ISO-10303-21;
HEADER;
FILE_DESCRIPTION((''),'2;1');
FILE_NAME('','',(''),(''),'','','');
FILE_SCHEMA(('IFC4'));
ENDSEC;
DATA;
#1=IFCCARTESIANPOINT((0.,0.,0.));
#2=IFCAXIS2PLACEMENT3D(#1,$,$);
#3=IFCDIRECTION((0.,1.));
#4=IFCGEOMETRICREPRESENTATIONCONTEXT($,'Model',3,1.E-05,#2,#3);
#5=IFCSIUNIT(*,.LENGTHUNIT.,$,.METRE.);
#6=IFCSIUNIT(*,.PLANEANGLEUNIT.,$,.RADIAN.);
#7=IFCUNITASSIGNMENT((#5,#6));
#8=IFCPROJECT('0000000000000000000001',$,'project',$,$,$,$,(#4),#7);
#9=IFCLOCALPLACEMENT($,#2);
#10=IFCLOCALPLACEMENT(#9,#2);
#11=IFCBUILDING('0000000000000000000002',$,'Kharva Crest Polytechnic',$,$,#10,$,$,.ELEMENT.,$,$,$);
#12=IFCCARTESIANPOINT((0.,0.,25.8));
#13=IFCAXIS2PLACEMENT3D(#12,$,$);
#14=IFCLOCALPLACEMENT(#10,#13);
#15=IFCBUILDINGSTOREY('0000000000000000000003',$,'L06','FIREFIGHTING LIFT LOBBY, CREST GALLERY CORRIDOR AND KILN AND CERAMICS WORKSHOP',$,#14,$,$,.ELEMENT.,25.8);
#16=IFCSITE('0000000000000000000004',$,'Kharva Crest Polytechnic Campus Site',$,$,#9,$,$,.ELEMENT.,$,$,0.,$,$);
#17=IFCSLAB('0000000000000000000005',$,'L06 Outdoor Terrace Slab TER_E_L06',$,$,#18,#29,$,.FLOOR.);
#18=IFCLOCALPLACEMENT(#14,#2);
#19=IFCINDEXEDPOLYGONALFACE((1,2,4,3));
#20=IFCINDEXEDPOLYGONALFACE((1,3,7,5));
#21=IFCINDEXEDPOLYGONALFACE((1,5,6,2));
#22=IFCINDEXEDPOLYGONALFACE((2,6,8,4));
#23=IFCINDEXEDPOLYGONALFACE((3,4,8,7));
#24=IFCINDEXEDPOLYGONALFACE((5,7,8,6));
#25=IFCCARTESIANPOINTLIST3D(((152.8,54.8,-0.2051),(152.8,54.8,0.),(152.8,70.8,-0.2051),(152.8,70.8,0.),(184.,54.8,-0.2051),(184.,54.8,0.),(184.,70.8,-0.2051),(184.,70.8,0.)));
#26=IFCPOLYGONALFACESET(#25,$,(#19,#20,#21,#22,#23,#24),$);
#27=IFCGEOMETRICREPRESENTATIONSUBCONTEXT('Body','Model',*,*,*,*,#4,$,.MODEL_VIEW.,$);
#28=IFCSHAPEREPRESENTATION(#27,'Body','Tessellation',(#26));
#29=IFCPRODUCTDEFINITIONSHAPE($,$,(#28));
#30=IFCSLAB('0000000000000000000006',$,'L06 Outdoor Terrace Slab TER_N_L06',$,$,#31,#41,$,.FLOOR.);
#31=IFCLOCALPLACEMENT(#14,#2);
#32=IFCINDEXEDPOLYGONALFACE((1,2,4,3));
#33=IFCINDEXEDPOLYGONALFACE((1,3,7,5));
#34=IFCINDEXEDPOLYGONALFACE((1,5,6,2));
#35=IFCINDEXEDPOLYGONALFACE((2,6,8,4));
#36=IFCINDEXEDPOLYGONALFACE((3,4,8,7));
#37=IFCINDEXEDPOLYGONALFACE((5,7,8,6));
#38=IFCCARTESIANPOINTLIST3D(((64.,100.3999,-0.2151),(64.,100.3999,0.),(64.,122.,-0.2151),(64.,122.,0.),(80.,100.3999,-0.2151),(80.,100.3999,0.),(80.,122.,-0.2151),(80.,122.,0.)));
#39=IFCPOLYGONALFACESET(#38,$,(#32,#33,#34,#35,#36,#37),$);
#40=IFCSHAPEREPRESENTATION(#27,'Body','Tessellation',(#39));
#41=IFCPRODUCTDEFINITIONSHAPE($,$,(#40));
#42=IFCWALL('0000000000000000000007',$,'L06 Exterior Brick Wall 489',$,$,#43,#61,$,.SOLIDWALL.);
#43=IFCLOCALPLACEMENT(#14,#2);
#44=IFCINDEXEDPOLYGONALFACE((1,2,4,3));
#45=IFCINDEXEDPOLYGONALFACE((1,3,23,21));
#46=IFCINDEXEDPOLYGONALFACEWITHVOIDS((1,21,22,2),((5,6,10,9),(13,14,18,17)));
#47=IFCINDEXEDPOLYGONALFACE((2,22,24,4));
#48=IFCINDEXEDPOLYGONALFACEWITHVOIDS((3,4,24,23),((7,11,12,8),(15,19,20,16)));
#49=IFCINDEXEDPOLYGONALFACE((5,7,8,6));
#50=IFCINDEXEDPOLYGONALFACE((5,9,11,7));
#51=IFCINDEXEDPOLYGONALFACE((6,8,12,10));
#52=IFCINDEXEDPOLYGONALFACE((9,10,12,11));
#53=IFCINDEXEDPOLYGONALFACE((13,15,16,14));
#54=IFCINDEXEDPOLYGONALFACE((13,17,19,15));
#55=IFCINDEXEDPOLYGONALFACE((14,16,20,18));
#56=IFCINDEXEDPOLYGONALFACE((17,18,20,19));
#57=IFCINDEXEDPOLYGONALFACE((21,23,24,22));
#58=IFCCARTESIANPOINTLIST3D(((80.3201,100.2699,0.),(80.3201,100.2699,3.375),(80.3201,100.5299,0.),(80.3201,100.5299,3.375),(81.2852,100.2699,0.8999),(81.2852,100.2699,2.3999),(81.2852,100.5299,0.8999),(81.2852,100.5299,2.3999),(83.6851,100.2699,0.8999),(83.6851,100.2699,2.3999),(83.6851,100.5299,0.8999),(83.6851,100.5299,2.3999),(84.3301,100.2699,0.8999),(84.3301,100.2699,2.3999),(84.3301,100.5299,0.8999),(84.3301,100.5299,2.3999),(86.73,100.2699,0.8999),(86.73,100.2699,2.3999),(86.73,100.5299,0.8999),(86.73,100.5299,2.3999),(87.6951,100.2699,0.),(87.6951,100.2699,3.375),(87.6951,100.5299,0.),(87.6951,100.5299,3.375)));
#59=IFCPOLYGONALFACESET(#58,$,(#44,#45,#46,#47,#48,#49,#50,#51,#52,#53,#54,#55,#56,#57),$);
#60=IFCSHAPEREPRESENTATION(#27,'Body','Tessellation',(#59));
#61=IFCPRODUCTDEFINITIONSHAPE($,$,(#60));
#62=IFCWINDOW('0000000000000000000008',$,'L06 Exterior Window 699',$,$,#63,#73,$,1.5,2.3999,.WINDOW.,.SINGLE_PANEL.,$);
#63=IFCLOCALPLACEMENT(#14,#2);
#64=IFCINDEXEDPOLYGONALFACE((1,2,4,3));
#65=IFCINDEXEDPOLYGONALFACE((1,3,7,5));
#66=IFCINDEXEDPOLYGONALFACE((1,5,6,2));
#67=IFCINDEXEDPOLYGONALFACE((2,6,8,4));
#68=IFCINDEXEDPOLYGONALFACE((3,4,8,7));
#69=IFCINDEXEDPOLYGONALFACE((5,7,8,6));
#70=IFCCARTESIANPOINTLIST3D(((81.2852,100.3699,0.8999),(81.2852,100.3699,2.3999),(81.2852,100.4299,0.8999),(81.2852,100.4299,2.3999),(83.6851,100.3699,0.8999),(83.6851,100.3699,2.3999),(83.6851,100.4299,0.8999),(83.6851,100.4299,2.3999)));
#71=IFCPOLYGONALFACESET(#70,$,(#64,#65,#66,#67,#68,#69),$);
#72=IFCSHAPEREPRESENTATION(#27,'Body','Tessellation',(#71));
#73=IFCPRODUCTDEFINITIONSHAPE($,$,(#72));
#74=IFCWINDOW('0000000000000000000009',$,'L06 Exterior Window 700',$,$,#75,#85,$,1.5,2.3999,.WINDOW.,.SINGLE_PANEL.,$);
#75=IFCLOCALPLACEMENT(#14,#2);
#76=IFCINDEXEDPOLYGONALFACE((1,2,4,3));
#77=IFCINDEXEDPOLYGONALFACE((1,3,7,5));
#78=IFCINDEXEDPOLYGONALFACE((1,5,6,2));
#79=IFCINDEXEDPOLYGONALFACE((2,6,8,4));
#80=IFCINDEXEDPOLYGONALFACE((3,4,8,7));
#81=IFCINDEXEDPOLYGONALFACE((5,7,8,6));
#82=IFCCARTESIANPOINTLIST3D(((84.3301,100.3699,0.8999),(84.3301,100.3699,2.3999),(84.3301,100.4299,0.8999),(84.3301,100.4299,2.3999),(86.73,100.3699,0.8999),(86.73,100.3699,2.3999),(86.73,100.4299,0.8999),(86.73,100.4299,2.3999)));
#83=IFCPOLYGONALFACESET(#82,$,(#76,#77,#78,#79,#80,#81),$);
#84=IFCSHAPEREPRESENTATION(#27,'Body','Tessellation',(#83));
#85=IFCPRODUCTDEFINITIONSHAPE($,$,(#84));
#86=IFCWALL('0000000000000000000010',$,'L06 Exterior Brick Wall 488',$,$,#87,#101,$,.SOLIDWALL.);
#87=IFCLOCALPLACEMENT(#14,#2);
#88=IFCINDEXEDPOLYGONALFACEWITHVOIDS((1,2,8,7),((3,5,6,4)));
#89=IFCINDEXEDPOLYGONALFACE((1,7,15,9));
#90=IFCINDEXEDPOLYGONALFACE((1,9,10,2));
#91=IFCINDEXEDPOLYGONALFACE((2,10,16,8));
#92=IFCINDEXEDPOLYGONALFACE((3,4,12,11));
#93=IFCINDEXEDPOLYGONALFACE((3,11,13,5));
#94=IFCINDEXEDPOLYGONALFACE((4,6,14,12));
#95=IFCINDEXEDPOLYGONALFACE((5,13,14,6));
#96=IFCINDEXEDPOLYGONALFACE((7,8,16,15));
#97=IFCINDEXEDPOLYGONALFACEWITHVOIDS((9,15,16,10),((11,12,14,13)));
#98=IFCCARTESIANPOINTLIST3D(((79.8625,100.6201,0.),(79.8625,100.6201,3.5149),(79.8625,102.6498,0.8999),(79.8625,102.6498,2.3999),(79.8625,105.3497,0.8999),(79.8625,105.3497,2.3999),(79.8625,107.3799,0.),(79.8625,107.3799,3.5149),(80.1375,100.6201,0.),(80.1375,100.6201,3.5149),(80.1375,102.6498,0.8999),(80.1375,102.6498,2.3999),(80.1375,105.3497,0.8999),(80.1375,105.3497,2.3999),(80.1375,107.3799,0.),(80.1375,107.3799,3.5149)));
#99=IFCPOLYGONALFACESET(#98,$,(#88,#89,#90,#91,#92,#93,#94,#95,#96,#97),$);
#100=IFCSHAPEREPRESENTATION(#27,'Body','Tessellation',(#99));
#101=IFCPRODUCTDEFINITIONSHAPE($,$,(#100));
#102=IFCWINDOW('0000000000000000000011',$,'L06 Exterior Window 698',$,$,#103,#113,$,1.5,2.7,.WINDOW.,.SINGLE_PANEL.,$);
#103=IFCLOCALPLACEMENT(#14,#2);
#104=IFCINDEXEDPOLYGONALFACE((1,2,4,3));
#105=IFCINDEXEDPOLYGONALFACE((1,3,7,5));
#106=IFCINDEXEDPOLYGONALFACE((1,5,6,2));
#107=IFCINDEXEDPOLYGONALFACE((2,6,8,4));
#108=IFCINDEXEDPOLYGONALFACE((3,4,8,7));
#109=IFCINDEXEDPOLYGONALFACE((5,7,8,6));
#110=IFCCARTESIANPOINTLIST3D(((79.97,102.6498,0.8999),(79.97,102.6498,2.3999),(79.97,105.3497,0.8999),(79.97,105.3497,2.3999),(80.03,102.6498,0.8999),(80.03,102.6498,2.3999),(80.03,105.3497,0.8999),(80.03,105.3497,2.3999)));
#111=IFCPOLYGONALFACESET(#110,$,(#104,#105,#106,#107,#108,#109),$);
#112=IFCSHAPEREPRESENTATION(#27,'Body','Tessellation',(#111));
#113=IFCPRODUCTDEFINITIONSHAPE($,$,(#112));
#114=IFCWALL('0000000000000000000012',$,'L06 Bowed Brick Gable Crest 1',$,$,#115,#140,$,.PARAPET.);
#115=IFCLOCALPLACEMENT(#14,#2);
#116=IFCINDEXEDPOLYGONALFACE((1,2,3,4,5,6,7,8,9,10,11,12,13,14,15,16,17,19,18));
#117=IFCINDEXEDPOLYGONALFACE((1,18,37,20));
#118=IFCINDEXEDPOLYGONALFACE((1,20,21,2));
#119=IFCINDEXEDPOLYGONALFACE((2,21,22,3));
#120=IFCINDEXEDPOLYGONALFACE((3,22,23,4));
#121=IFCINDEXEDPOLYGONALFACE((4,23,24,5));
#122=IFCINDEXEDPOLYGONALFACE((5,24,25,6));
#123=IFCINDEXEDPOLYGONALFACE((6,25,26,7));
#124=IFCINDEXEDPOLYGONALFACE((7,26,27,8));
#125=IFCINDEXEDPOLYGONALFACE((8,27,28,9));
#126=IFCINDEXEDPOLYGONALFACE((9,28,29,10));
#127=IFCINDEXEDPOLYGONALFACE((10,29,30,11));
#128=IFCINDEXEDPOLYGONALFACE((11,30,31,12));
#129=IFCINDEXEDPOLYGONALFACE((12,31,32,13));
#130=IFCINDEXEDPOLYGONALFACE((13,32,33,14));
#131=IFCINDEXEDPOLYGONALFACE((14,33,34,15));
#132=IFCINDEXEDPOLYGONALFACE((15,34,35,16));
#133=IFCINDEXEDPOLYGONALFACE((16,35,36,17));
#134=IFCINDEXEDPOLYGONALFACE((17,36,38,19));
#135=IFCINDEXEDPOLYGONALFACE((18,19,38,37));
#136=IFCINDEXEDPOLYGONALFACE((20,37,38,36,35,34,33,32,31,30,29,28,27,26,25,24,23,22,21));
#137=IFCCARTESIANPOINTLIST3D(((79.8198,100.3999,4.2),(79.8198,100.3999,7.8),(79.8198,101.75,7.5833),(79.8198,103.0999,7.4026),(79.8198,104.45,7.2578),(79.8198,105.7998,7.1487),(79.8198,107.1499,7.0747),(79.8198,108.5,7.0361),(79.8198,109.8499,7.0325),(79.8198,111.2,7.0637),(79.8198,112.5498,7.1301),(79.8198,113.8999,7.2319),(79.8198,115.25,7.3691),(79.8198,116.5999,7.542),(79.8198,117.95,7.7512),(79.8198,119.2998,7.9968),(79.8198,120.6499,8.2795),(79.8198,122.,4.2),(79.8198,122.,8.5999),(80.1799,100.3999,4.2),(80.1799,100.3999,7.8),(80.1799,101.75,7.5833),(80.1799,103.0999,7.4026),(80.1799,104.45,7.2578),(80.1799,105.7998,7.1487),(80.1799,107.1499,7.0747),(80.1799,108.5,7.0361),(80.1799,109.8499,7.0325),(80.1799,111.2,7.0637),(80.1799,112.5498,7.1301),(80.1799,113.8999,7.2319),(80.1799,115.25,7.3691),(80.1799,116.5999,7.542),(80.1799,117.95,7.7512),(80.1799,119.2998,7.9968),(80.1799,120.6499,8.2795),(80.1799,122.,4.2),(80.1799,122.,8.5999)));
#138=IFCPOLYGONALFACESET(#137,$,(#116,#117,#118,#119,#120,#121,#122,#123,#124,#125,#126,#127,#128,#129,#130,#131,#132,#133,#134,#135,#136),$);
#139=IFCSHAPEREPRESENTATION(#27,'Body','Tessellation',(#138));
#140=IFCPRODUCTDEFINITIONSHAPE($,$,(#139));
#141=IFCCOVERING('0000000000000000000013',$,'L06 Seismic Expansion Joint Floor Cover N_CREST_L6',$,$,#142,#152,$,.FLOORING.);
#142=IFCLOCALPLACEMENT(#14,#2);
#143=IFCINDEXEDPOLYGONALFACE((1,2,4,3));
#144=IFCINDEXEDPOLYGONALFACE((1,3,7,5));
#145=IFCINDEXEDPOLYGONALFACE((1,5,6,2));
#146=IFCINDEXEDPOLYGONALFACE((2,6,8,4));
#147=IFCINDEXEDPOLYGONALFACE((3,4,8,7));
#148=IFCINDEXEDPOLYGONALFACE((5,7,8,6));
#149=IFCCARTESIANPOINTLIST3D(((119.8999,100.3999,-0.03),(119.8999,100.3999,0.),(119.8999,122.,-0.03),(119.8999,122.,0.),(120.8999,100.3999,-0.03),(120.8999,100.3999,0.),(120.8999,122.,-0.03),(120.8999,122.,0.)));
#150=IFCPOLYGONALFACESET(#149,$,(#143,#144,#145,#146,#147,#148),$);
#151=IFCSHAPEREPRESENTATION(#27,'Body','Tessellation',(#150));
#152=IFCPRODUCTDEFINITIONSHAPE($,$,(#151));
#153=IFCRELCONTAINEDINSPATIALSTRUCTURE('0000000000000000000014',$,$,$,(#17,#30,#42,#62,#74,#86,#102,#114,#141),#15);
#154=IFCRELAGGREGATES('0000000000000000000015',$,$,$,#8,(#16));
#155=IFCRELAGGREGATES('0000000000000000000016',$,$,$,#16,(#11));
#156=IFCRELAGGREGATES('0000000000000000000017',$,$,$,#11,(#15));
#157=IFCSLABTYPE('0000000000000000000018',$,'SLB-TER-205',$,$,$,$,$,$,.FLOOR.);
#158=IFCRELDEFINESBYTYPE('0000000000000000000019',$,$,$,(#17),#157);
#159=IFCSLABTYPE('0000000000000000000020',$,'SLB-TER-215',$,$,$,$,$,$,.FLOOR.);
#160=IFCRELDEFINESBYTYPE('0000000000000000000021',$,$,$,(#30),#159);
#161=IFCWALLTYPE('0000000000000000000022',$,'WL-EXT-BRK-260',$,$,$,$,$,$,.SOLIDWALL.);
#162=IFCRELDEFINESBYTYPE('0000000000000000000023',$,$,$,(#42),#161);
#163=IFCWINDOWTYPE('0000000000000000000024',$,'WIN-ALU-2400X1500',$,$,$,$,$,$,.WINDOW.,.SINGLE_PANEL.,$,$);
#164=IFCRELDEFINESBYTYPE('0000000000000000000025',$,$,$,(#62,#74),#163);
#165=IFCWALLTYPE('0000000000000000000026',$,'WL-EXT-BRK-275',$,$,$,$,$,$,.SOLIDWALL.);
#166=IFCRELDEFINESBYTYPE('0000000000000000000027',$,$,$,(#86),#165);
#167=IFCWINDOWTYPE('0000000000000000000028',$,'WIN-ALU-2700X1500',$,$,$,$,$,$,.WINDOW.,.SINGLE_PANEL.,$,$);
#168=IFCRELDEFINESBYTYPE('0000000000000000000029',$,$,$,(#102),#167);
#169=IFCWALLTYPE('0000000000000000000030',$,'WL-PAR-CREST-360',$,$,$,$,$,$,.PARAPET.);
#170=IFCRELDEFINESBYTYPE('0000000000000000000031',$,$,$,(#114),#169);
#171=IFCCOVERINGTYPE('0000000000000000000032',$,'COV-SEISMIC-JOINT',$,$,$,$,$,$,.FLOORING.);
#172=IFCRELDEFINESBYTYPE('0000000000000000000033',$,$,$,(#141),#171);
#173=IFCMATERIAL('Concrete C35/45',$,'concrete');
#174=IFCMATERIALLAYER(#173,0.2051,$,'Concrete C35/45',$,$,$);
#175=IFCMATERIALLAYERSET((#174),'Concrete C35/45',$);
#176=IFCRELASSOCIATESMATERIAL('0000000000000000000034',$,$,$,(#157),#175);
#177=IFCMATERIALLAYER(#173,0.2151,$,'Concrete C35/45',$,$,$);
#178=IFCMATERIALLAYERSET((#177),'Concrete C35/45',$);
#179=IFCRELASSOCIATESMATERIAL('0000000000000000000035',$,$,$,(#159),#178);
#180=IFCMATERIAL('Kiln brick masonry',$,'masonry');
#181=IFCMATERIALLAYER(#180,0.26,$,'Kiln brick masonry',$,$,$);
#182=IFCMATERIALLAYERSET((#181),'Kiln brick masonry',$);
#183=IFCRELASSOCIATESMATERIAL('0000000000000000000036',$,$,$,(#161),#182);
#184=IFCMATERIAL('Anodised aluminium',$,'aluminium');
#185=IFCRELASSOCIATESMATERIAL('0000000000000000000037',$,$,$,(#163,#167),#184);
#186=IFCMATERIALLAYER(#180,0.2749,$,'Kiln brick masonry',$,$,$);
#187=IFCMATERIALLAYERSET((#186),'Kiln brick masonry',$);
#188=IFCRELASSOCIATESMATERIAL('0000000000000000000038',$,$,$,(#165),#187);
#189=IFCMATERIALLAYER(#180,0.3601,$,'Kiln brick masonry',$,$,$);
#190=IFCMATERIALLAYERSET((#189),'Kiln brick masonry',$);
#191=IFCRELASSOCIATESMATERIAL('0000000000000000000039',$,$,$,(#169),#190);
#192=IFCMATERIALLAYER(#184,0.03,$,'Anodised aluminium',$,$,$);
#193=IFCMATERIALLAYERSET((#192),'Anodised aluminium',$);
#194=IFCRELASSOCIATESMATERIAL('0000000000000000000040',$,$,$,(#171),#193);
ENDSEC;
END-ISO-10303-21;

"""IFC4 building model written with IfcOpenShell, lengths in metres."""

from ifc_helpers import new_model, si_unit, direction, frame, frame_2d, origin, place, context, subcontext, project, spatial, polyline, rectangle, outline, extrude, material, layer, layer_set, type_object, element, fill, save


model = new_model("IFC4")

# Units and contexts
model_context = context("Model", 3, precision=1e-05, world=origin(), true_north=direction((0.0, 1.0)))
body_context = subcontext(model_context, "Body", "Model", "MODEL_VIEW")
ifc_project = project(units=[si_unit("LENGTHUNIT", "METRE"), si_unit("PLANEANGLEUNIT", "RADIAN")], contexts=[model_context])

# Site, building, storey
site_placement = place(None, origin())
site = spatial("IfcSite", under=ifc_project, at=site_placement, Name="Kharva Crest Polytechnic Campus Site", CompositionType="ELEMENT", RefElevation=0.0)
building_placement = place(site_placement, origin())
building = spatial("IfcBuilding", under=site, at=building_placement, Name="Kharva Crest Polytechnic", CompositionType="ELEMENT")
storey_placement = place(building_placement, frame((0.0, 0.0, 25.8)))
storey = spatial("IfcBuildingStorey", under=building, at=storey_placement, Name="L06", Description="FIREFIGHTING LIFT LOBBY, CREST GALLERY CORRIDOR AND KILN AND CERAMICS WORKSHOP", CompositionType="ELEMENT", Elevation=25.8)

# Shared definitions
ifc_material_1 = material(Name="Concrete C35/45", Category="concrete")

# Slabs
ifc_layer_1 = layer(ifc_material_1, 0.2051, Name="Concrete C35/45")
ifc_layer_set_1 = layer_set([ifc_layer_1], Name="Concrete C35/45")
slab_type_1 = type_object("IfcSlabType", Name="SLB-TER-205", PredefinedType="FLOOR", material=ifc_layer_set_1)
slab_1_placement = place(storey_placement, frame((0.0, 0.0, -0.2051)))
element("IfcSlab", 1, at=slab_1_placement, inside=storey, type_object=slab_type_1, Name="L06 Outdoor Terrace Slab TER_E_L06", PredefinedType="FLOOR", context=body_context, shape_type="SweptSolid", body=[
    extrude(outline(polyline([(152.8, 54.8), (184.0, 54.8), (184.0, 70.8), (152.8, 70.8), (152.8, 54.8)])), origin(), (0.0, 0.0, 1.0), 0.2051),
])
ifc_layer_2 = layer(ifc_material_1, 0.2151, Name="Concrete C35/45")
ifc_layer_set_2 = layer_set([ifc_layer_2], Name="Concrete C35/45")
slab_type_2 = type_object("IfcSlabType", Name="SLB-TER-215", PredefinedType="FLOOR", material=ifc_layer_set_2)
slab_2_placement = place(storey_placement, frame((0.0, 0.0, -0.2151)))
element("IfcSlab", 2, at=slab_2_placement, inside=storey, type_object=slab_type_2, Name="L06 Outdoor Terrace Slab TER_N_L06", PredefinedType="FLOOR", context=body_context, shape_type="SweptSolid", body=[
    extrude(outline(polyline([(64.0, 100.3999), (80.0, 100.3999), (80.0, 122.0), (64.0, 122.0), (64.0, 100.3999)])), origin(), (0.0, 0.0, 1.0), 0.2151),
])

# Wall, openings, windows
ifc_material_2 = material(Name="Kiln brick masonry", Category="masonry")
ifc_layer_3 = layer(ifc_material_2, 0.26, Name="Kiln brick masonry")
ifc_layer_set_3 = layer_set([ifc_layer_3], Name="Kiln brick masonry")
wall_type_1 = type_object("IfcWallType", Name="WL-EXT-BRK-260", PredefinedType="SOLIDWALL", material=ifc_layer_set_3)
wall_1_placement = place(storey_placement, frame((80.3201, 100.3999, 0.0), z_axis=(0.0, 0.0, 1.0), x_axis=(1.0, 0.0, 0.0)))
wall_1 = element("IfcWall", 3, at=wall_1_placement, inside=storey, type_object=wall_type_1, Name="L06 Exterior Brick Wall 489", PredefinedType="SOLIDWALL", context=body_context, shape_type="SweptSolid", body=[
    extrude(rectangle(XDim=7.375, YDim=0.26, at=frame_2d((3.6875, 0.0))), origin(), (0.0, 0.0, 1.0), 3.375),
])
opening_1_placement = place(wall_1_placement, frame((0.9651, 0.0, 0.8999)))
opening_1 = element("IfcOpeningElement", 4, at=opening_1_placement, cuts=wall_1, PredefinedType="OPENING", context=body_context, shape_type="SweptSolid", body=[
    extrude(rectangle(XDim=2.3999, YDim=1.5, at=frame_2d((1.2, 0.75))), frame((0.0, 0.1399, 0.0), z_axis=(0.0, -1.0, 0.0), x_axis=(1.0, 0.0, 0.0)), (0.0, 0.0, 1.0), 0.28),
])
opening_2_placement = place(wall_1_placement, frame((4.01, 0.0, 0.8999)))
opening_2 = element("IfcOpeningElement", 5, at=opening_2_placement, cuts=wall_1, PredefinedType="OPENING", context=body_context, shape_type="SweptSolid", body=[
    extrude(rectangle(XDim=2.3999, YDim=1.5, at=frame_2d((1.2, 0.75))), frame((0.0, 0.1399, 0.0), z_axis=(0.0, -1.0, 0.0), x_axis=(1.0, 0.0, 0.0)), (0.0, 0.0, 1.0), 0.28),
])
ifc_material_3 = material(Name="Anodised aluminium", Category="aluminium")
window_type_1 = type_object("IfcWindowType", Name="WIN-ALU-2400X1500", PartitioningType="SINGLE_PANEL", PredefinedType="WINDOW", material=ifc_material_3)
window_1_placement = place(opening_1_placement, origin())
window_1 = element("IfcWindow", 6, at=window_1_placement, inside=storey, type_object=window_type_1, Name="L06 Exterior Window 699", OverallHeight=1.5, OverallWidth=2.3999, PartitioningType="SINGLE_PANEL", PredefinedType="WINDOW", context=body_context, shape_type="SweptSolid", body=[
    extrude(rectangle(XDim=2.3999, YDim=1.5, at=frame_2d((1.2, 0.75))), frame((0.0, 0.03, 0.0), z_axis=(0.0, -1.0, 0.0), x_axis=(1.0, 0.0, 0.0)), (0.0, 0.0, 1.0), 0.0601),
])
fill(opening_1, window_1)
window_2_placement = place(opening_2_placement, origin())
window_2 = element("IfcWindow", 7, at=window_2_placement, inside=storey, type_object=window_type_1, Name="L06 Exterior Window 700", OverallHeight=1.5, OverallWidth=2.3999, PartitioningType="SINGLE_PANEL", PredefinedType="WINDOW", context=body_context, shape_type="SweptSolid", body=[
    extrude(rectangle(XDim=2.3999, YDim=1.5, at=frame_2d((1.2, 0.75))), frame((0.0, 0.03, 0.0), z_axis=(0.0, -1.0, 0.0), x_axis=(1.0, 0.0, 0.0)), (0.0, 0.0, 1.0), 0.0601),
])
fill(opening_2, window_2)

# Wall, opening, window
ifc_layer_4 = layer(ifc_material_2, 0.2749, Name="Kiln brick masonry")
ifc_layer_set_4 = layer_set([ifc_layer_4], Name="Kiln brick masonry")
wall_type_2 = type_object("IfcWallType", Name="WL-EXT-BRK-275", PredefinedType="SOLIDWALL", material=ifc_layer_set_4)
wall_2_placement = place(storey_placement, frame((80.0, 107.3799, 0.0), z_axis=(0.0, 0.0, 1.0), x_axis=(0.0, -1.0, 0.0)))
wall_2 = element("IfcWall", 8, at=wall_2_placement, inside=storey, type_object=wall_type_2, Name="L06 Exterior Brick Wall 488", PredefinedType="SOLIDWALL", context=body_context, shape_type="SweptSolid", body=[
    extrude(rectangle(XDim=6.7598, YDim=0.2749, at=frame_2d((3.3799, 0.0))), origin(), (0.0, 0.0, 1.0), 3.5149),
])
opening_3_placement = place(wall_2_placement, frame((2.03, 0.0, 0.8999)))
opening_3 = element("IfcOpeningElement", 9, at=opening_3_placement, cuts=wall_2, PredefinedType="OPENING", context=body_context, shape_type="SweptSolid", body=[
    extrude(rectangle(XDim=2.7, YDim=1.5, at=frame_2d((1.3501, 0.75))), frame((0.0, 0.1475, 0.0), z_axis=(0.0, -1.0, 0.0), x_axis=(1.0, 0.0, 0.0)), (0.0, 0.0, 1.0), 0.2949),
])
window_type_2 = type_object("IfcWindowType", Name="WIN-ALU-2700X1500", PartitioningType="SINGLE_PANEL", PredefinedType="WINDOW", material=ifc_material_3)
window_3_placement = place(opening_3_placement, origin())
window_3 = element("IfcWindow", 10, at=window_3_placement, inside=storey, type_object=window_type_2, Name="L06 Exterior Window 698", OverallHeight=1.5, OverallWidth=2.7, PartitioningType="SINGLE_PANEL", PredefinedType="WINDOW", context=body_context, shape_type="SweptSolid", body=[
    extrude(rectangle(XDim=2.7, YDim=1.5, at=frame_2d((1.3501, 0.75))), frame((0.0, 0.03, 0.0), z_axis=(0.0, -1.0, 0.0), x_axis=(1.0, 0.0, 0.0)), (0.0, 0.0, 1.0), 0.0601),
])
fill(opening_3, window_3)

# Wall
ifc_layer_5 = layer(ifc_material_2, 0.3601, Name="Kiln brick masonry")
ifc_layer_set_5 = layer_set([ifc_layer_5], Name="Kiln brick masonry")
wall_type_3 = type_object("IfcWallType", Name="WL-PAR-CREST-360", PredefinedType="PARAPET", material=ifc_layer_set_5)
wall_3_placement = place(storey_placement, frame((80.0, 100.3999, 4.2), z_axis=(0.0, 0.0, 1.0), x_axis=(0.0, 1.0, 0.0)))
element("IfcWall", 11, at=wall_3_placement, inside=storey, type_object=wall_type_3, Name="L06 Bowed Brick Gable Crest 1", PredefinedType="PARAPET", context=body_context, shape_type="SweptSolid", body=[
    extrude(outline(polyline([(0.0, 0.0), (21.6001, 0.0), (21.6001, 4.3999), (20.25, 4.0796), (18.8999, 3.7969), (17.55, 3.5513), (16.2, 3.342), (14.8501, 3.1692), (13.5, 3.032), (12.1499, 2.9302), (10.8, 2.8638), (9.45, 2.8325), (8.1001, 2.8362), (6.75, 2.8748), (5.3999, 2.9487), (4.05, 3.0579), (2.7, 3.2026), (1.3501, 3.3833), (0.0, 3.6001), (0.0, 0.0)])), frame((0.0, 0.1802, 0.0), z_axis=(0.0, -1.0, 0.0), x_axis=(1.0, 0.0, 0.0)), (0.0, 0.0, 1.0), 0.3601),
])

# Covering
ifc_layer_6 = layer(ifc_material_3, 0.03, Name="Anodised aluminium")
ifc_layer_set_6 = layer_set([ifc_layer_6], Name="Anodised aluminium")
covering_type = type_object("IfcCoveringType", Name="COV-SEISMIC-JOINT", PredefinedType="FLOORING", material=ifc_layer_set_6)
covering_placement = place(storey_placement, frame((0.0, 0.0, -0.03)))
element("IfcCovering", 12, at=covering_placement, inside=storey, type_object=covering_type, Name="L06 Seismic Expansion Joint Floor Cover N_CREST_L6", PredefinedType="FLOORING", context=body_context, shape_type="SweptSolid", body=[
    extrude(outline(polyline([(119.8999, 100.3999), (120.8999, 100.3999), (120.8999, 122.0), (119.8999, 122.0), (119.8999, 100.3999)])), origin(), (0.0, 0.0, 1.0), 0.03),
])

save(model, "model.ifc")
